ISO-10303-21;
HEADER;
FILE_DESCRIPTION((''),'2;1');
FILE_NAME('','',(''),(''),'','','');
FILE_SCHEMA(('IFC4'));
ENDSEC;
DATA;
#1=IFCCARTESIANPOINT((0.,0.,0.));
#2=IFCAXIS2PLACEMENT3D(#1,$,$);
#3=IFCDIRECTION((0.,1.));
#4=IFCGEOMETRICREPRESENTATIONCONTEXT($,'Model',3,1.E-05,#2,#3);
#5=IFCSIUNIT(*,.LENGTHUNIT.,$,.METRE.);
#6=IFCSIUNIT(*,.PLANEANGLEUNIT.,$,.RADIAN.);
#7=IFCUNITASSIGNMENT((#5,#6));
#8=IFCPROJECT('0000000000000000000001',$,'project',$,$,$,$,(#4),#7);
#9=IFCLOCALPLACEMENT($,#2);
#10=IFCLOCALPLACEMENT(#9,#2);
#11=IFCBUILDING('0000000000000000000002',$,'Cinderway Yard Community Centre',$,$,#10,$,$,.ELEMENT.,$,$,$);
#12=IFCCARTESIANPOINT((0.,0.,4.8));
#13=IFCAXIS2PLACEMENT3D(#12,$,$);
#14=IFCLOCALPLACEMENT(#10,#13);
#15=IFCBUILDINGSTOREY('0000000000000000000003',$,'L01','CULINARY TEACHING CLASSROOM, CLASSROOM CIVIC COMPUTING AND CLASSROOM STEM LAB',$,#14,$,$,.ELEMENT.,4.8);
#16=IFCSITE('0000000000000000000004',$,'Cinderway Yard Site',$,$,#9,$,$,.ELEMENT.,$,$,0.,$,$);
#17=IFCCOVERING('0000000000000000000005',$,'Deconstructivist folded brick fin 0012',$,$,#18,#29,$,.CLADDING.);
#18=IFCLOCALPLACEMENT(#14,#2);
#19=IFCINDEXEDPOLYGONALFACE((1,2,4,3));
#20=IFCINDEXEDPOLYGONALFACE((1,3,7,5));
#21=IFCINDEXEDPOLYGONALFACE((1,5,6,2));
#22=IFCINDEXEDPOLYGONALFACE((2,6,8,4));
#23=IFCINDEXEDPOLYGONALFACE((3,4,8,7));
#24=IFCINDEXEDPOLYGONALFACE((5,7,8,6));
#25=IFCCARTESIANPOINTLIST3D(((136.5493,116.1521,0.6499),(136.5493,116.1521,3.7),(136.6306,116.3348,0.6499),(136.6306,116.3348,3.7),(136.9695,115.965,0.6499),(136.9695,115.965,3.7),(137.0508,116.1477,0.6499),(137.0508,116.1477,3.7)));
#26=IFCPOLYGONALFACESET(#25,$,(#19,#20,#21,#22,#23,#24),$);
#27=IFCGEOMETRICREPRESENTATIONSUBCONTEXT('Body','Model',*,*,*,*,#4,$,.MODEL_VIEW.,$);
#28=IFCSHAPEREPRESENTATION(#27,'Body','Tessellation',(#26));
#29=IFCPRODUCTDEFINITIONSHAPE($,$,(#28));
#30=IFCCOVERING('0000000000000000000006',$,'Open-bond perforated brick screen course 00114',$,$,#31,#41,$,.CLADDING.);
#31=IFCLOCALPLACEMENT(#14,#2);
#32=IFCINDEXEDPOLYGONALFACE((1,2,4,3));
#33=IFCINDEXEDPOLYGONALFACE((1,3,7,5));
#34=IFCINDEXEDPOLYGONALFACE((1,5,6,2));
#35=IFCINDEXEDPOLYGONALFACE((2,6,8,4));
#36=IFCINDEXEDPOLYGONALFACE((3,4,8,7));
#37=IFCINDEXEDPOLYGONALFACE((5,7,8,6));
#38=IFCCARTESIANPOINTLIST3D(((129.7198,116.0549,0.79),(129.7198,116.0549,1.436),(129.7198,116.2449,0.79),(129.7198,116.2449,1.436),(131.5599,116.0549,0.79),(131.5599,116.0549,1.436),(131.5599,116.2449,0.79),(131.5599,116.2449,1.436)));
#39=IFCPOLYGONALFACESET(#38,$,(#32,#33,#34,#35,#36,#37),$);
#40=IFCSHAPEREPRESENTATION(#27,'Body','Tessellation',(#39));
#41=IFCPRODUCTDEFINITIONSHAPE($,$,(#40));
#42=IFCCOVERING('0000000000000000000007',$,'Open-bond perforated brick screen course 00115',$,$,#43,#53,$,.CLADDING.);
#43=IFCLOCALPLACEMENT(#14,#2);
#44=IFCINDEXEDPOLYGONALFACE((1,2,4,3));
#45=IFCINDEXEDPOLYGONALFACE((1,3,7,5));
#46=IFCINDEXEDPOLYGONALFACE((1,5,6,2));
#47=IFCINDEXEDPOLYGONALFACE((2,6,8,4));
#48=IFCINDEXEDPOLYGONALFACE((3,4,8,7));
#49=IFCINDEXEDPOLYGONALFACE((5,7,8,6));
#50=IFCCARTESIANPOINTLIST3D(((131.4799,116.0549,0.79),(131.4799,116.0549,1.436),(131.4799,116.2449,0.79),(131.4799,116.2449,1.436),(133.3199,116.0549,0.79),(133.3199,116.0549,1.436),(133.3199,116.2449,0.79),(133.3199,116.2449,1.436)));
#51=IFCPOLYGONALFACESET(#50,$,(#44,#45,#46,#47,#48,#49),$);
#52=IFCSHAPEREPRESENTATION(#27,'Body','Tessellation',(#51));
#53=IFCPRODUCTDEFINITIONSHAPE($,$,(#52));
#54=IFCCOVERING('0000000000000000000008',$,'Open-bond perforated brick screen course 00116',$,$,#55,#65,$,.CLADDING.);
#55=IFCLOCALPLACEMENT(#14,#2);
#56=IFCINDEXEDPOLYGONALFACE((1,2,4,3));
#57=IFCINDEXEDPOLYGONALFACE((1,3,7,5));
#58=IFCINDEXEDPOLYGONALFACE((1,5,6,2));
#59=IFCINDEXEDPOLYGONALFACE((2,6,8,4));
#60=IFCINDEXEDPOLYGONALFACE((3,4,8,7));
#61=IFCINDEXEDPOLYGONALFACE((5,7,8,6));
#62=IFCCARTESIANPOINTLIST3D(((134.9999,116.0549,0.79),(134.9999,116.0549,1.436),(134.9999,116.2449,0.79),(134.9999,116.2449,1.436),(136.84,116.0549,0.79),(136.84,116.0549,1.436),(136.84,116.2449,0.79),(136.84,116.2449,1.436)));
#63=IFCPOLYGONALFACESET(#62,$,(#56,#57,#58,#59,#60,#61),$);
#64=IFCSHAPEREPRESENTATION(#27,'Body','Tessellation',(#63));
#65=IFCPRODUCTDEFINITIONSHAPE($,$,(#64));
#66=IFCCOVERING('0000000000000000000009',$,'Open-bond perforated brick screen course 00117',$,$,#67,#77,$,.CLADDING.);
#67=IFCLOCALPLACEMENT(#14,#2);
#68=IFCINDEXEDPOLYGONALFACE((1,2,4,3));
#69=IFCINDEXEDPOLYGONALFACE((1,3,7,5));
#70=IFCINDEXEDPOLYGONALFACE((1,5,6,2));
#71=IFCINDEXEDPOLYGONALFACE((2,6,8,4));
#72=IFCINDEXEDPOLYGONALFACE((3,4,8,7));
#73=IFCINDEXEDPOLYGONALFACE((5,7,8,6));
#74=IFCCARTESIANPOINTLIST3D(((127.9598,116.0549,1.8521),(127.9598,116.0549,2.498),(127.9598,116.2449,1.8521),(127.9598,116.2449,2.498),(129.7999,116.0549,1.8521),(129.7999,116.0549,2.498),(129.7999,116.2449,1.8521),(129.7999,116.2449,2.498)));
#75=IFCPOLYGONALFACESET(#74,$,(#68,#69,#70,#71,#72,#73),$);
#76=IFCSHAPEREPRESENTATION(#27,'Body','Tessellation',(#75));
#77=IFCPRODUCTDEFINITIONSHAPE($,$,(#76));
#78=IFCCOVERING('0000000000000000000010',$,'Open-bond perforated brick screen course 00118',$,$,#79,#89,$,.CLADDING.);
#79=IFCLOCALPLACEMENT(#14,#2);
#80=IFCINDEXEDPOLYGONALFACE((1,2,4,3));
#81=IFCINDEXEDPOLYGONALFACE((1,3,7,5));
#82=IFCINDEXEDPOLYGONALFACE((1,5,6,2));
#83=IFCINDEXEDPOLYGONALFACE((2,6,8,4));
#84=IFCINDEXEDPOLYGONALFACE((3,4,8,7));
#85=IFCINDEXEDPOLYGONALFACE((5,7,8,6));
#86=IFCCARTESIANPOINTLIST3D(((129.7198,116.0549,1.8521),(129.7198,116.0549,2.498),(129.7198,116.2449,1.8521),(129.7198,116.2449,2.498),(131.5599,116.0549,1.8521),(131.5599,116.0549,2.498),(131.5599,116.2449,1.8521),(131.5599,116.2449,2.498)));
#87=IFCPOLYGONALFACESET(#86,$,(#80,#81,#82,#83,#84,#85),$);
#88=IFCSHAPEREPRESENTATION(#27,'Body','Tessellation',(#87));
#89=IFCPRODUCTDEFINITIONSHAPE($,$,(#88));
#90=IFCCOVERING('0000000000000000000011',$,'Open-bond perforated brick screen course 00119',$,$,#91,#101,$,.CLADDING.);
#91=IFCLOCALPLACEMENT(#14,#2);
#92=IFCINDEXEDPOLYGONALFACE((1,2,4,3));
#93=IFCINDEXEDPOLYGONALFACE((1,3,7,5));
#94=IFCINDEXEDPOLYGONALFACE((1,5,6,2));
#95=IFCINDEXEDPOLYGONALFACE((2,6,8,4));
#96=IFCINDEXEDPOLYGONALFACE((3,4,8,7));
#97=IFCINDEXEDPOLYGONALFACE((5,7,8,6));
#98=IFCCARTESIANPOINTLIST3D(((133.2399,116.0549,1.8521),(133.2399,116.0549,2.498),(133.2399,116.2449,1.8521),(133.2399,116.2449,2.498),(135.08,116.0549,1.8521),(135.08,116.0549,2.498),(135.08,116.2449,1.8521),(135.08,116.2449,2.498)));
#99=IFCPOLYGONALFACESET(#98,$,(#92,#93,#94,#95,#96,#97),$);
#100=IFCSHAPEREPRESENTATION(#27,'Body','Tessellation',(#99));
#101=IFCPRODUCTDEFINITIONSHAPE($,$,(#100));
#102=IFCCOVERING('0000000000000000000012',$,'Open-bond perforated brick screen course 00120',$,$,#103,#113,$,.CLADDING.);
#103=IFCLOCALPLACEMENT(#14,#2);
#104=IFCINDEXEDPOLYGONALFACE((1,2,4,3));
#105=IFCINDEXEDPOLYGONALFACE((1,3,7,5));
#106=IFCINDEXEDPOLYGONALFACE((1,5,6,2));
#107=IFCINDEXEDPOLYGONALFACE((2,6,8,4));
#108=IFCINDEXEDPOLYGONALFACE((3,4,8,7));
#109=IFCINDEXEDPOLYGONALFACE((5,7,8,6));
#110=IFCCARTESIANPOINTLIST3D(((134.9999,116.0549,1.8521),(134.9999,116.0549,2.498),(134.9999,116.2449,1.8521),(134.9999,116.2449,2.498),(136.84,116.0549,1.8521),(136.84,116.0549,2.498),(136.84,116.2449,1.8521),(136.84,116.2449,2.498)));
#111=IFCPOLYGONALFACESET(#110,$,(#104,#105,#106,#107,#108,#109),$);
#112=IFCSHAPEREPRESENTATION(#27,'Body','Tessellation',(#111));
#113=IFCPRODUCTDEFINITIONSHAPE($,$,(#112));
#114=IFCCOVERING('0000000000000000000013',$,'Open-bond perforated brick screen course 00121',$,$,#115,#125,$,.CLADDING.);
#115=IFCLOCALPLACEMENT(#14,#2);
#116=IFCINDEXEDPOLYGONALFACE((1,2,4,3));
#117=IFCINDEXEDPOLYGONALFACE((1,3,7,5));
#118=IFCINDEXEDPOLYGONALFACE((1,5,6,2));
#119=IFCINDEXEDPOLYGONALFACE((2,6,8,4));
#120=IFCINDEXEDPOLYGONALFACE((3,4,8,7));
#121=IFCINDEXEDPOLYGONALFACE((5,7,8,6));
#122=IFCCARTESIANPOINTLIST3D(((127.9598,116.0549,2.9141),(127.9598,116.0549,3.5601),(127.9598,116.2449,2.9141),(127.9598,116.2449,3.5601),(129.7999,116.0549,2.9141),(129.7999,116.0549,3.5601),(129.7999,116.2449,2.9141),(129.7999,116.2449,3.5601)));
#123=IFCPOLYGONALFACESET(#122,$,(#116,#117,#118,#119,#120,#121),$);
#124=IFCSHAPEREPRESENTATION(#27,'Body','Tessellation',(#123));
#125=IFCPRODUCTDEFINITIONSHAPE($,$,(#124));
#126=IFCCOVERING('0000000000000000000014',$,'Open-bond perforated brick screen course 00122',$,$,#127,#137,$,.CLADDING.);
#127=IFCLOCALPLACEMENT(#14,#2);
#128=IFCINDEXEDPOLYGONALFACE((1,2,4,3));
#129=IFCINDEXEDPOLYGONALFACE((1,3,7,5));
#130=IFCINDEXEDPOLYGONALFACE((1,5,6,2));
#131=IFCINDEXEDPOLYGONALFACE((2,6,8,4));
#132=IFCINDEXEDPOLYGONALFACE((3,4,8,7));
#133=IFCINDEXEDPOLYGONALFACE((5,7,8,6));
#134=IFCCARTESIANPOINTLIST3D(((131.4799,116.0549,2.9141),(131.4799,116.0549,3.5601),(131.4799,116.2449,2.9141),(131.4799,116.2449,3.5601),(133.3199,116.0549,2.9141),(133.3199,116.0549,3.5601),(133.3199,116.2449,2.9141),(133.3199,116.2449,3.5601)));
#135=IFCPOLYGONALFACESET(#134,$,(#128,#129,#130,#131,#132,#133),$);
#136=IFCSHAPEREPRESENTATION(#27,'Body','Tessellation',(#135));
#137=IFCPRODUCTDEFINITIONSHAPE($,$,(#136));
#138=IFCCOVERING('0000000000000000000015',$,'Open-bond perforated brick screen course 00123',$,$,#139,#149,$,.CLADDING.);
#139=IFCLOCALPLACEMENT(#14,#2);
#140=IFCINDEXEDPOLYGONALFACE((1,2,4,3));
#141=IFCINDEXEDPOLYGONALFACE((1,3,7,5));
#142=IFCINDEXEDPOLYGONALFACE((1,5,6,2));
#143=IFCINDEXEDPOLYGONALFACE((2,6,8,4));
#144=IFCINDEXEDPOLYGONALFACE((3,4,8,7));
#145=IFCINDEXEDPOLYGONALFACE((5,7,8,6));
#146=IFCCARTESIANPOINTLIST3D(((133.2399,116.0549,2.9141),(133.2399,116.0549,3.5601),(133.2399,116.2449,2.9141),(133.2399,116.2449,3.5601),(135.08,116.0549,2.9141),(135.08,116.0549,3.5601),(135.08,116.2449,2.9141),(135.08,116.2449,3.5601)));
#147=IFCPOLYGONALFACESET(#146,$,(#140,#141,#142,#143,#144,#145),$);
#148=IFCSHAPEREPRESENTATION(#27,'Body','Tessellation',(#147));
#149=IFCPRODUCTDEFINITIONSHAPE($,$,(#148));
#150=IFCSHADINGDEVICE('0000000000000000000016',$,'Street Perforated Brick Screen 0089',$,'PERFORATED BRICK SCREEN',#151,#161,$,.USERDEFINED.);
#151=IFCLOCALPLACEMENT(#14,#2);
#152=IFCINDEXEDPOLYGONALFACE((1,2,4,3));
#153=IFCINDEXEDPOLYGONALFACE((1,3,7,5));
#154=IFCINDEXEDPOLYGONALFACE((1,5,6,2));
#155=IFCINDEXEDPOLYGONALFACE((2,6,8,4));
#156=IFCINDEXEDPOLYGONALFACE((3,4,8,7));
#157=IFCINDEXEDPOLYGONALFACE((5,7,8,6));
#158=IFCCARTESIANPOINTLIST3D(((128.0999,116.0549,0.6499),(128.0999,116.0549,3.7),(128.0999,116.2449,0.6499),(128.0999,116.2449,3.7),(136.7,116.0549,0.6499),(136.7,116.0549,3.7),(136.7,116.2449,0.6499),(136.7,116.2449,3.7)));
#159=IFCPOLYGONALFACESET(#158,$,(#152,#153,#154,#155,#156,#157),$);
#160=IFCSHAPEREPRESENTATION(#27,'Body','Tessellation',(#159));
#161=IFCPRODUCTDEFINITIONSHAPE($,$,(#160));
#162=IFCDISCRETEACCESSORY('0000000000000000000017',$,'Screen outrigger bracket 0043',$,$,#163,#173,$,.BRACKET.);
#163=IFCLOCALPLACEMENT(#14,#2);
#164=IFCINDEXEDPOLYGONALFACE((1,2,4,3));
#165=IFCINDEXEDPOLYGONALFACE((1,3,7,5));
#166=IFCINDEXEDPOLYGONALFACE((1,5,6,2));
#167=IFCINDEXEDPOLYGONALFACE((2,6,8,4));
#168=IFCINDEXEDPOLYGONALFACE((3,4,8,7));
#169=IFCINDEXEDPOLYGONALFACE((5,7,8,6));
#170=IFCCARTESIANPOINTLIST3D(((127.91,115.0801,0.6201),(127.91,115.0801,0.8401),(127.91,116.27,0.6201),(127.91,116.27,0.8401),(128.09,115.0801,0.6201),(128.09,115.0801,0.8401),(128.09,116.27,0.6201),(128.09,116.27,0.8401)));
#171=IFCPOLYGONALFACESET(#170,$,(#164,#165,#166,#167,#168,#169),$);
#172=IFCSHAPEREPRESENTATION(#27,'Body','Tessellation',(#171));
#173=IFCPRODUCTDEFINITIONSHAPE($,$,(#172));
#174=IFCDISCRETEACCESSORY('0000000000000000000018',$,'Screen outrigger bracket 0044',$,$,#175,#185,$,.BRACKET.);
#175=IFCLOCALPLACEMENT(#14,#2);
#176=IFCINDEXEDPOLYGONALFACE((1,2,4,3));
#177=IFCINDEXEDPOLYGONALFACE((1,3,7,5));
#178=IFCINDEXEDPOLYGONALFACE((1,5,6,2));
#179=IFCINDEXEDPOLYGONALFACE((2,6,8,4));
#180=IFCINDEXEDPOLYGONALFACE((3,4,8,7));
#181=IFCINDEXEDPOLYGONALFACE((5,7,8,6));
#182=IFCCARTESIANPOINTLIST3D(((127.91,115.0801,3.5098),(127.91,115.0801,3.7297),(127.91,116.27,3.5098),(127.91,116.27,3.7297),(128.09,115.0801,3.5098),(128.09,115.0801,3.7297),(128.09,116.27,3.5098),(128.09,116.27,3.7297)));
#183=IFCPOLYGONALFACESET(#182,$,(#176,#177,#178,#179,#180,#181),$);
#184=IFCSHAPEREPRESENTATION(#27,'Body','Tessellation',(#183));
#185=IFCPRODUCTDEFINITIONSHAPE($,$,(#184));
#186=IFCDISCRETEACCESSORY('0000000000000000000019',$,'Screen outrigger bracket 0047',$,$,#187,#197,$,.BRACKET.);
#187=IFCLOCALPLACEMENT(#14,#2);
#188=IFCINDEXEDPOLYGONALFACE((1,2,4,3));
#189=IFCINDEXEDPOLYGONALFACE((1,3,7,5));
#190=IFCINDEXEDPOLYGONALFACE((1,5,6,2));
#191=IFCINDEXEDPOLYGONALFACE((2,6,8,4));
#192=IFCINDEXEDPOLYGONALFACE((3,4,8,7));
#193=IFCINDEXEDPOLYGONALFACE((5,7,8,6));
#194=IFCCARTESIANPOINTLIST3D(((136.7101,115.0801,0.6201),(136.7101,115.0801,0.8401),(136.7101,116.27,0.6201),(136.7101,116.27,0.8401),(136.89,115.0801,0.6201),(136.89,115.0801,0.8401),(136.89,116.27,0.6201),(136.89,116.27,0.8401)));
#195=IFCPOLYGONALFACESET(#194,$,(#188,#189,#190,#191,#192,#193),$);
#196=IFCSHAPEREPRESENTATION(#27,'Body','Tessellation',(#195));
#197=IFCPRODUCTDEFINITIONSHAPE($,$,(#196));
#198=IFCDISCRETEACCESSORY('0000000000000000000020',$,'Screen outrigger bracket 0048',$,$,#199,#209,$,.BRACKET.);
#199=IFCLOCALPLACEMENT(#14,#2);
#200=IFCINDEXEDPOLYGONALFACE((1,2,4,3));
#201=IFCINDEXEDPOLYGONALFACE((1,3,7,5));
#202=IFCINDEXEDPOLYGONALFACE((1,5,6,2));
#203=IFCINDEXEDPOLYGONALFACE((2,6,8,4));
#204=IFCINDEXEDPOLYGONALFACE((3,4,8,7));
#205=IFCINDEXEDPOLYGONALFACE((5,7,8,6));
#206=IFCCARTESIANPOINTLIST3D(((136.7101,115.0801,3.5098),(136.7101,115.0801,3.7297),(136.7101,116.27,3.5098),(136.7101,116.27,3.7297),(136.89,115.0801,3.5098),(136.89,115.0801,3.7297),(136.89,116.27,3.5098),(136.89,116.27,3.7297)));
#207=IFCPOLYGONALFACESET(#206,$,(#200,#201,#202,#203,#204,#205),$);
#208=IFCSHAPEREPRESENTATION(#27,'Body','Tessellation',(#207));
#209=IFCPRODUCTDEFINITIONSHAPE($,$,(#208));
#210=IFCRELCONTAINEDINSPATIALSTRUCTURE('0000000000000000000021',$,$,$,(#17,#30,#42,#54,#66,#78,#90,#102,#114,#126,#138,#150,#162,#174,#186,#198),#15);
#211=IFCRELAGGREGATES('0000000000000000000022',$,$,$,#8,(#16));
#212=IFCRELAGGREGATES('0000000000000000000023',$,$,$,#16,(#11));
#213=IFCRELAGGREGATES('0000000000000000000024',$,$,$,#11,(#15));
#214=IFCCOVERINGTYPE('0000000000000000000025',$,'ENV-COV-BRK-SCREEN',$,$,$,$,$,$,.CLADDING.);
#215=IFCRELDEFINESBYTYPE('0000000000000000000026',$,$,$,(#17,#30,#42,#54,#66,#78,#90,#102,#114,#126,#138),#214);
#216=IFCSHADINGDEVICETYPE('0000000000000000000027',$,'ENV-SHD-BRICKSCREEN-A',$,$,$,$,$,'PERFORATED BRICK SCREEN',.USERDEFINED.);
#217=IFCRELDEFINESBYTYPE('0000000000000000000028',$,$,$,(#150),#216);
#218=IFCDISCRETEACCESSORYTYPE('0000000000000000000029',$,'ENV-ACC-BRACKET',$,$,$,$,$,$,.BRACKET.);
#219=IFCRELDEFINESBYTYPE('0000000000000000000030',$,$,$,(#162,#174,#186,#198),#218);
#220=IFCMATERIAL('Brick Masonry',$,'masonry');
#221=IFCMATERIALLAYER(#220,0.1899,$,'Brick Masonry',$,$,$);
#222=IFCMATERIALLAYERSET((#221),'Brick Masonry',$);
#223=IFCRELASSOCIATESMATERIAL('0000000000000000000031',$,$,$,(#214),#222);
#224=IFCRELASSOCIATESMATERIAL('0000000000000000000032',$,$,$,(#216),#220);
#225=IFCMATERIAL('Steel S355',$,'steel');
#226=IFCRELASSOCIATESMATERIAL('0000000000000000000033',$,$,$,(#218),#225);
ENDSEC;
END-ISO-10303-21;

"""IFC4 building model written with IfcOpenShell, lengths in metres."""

from ifc_helpers import new_model, si_unit, direction, frame, origin, origin_2d, place, context, subcontext, project, spatial, rectangle, extrude, material, layer, layer_set, type_object, element, save


model = new_model("IFC4")

# Units and contexts
model_context = context("Model", 3, precision=1e-05, world=origin(), true_north=direction((0.0, 1.0)))
body_context = subcontext(model_context, "Body", "Model", "MODEL_VIEW")
ifc_project = project(units=[si_unit("LENGTHUNIT", "METRE"), si_unit("PLANEANGLEUNIT", "RADIAN")], contexts=[model_context])

# Site, building, storey
site_placement = place(None, origin())
site = spatial("IfcSite", under=ifc_project, at=site_placement, Name="Cinderway Yard Site", CompositionType="ELEMENT", RefElevation=0.0)
building_placement = place(site_placement, origin())
building = spatial("IfcBuilding", under=site, at=building_placement, Name="Cinderway Yard Community Centre", CompositionType="ELEMENT")
storey_placement = place(building_placement, frame((0.0, 0.0, 4.8)))
storey = spatial("IfcBuildingStorey", under=building, at=storey_placement, Name="L01", Description="CULINARY TEACHING CLASSROOM, CLASSROOM CIVIC COMPUTING AND CLASSROOM STEM LAB", CompositionType="ELEMENT", Elevation=4.8)

# Shared definitions
ifc_material_1 = material(Name="Steel S355", Category="steel")

# Shared definitions
ifc_material_2 = material(Name="Brick Masonry", Category="masonry")

# Coverings
ifc_layer_1 = layer(ifc_material_2, 0.1899, Name="Brick Masonry")
ifc_layer_set_1 = layer_set([ifc_layer_1], Name="Brick Masonry")
covering_type = type_object("IfcCoveringType", Name="ENV-COV-BRK-SCREEN", PredefinedType="CLADDING", material=ifc_layer_set_1)
for number, where, z_axis, x_axis, name in (
    (1, (136.8, 116.1499, 0.6499), (0.0, 0.0, 1.0), (0.913545, -0.406737, 0.0), "Deconstructivist folded brick fin 0012"),
):
    element("IfcCovering", number, at=place(storey_placement, frame(where, z_axis=z_axis, x_axis=x_axis)), inside=storey, type_object=covering_type, Name=name, PredefinedType="CLADDING", context=body_context, shape_type="SweptSolid", body=[
        extrude(rectangle(XDim=0.46, YDim=0.2, at=origin_2d()), origin(), (0.0, 0.0, 1.0), 3.05),
    ])
for number, where, z_axis, x_axis, name in (
    (2, (130.6399, 116.1499, 0.79), (0.0, 0.0, 1.0), (1.0, 0.0, 0.0), "Open-bond perforated brick screen course 00114"),
    (3, (132.3999, 116.1499, 0.79), (0.0, 0.0, 1.0), (1.0, 0.0, 0.0), "Open-bond perforated brick screen course 00115"),
    (4, (135.9199, 116.1499, 0.79), (0.0, 0.0, 1.0), (1.0, 0.0, 0.0), "Open-bond perforated brick screen course 00116"),
    (5, (128.8799, 116.1499, 1.8521), (0.0, 0.0, 1.0), (1.0, 0.0, 0.0), "Open-bond perforated brick screen course 00117"),
    (6, (130.6399, 116.1499, 1.8521), (0.0, 0.0, 1.0), (1.0, 0.0, 0.0), "Open-bond perforated brick screen course 00118"),
    (7, (134.1599, 116.1499, 1.8521), (0.0, 0.0, 1.0), (1.0, 0.0, 0.0), "Open-bond perforated brick screen course 00119"),
    (8, (135.9199, 116.1499, 1.8521), (0.0, 0.0, 1.0), (1.0, 0.0, 0.0), "Open-bond perforated brick screen course 00120"),
    (9, (128.8799, 116.1499, 2.9141), (0.0, 0.0, 1.0), (1.0, 0.0, 0.0), "Open-bond perforated brick screen course 00121"),
    (10, (132.3999, 116.1499, 2.9141), (0.0, 0.0, 1.0), (1.0, 0.0, 0.0), "Open-bond perforated brick screen course 00122"),
    (11, (134.1599, 116.1499, 2.9141), (0.0, 0.0, 1.0), (1.0, 0.0, 0.0), "Open-bond perforated brick screen course 00123"),
):
    element("IfcCovering", number, at=place(storey_placement, frame(where, z_axis=z_axis, x_axis=x_axis)), inside=storey, type_object=covering_type, Name=name, PredefinedType="CLADDING", context=body_context, shape_type="SweptSolid", body=[
        extrude(rectangle(XDim=1.8401, YDim=0.1899, at=origin_2d()), origin(), (0.0, 0.0, 1.0), 0.646),
    ])

# Shading device
shading_device_type = type_object("IfcShadingDeviceType", Name="ENV-SHD-BRICKSCREEN-A", ElementType="PERFORATED BRICK SCREEN", PredefinedType="USERDEFINED", material=ifc_material_2)
shading_device_placement = place(storey_placement, frame((132.3999, 116.1499, 0.6499), z_axis=(0.0, 0.0, 1.0), x_axis=(1.0, 0.0, 0.0)))
element("IfcShadingDevice", 12, at=shading_device_placement, inside=storey, type_object=shading_device_type, Name="Street Perforated Brick Screen 0089", ObjectType="PERFORATED BRICK SCREEN", PredefinedType="USERDEFINED", context=body_context, shape_type="SweptSolid", body=[
    extrude(rectangle(XDim=8.6001, YDim=0.1899, at=origin_2d()), origin(), (0.0, 0.0, 1.0), 3.05),
])

# Discrete accessories
discrete_accessory_type = type_object("IfcDiscreteAccessoryType", Name="ENV-ACC-BRACKET", PredefinedType="BRACKET", material=ifc_material_1)
for number, where, z_axis, x_axis, name in (
    (13, (128.0, 115.675, 0.6201), (0.0, 0.0, 1.0), (0.0, 1.0, 0.0), "Screen outrigger bracket 0043"),
    (14, (128.0, 115.675, 3.5098), (0.0, 0.0, 1.0), (0.0, 1.0, 0.0), "Screen outrigger bracket 0044"),
    (15, (136.8, 115.675, 0.6201), (0.0, 0.0, 1.0), (0.0, 1.0, 0.0), "Screen outrigger bracket 0047"),
    (16, (136.8, 115.675, 3.5098), (0.0, 0.0, 1.0), (0.0, 1.0, 0.0), "Screen outrigger bracket 0048"),
):
    element("IfcDiscreteAccessory", number, at=place(storey_placement, frame(where, z_axis=z_axis, x_axis=x_axis)), inside=storey, type_object=discrete_accessory_type, Name=name, PredefinedType="BRACKET", context=body_context, shape_type="SweptSolid", body=[
        extrude(rectangle(XDim=1.1899, YDim=0.1799, at=origin_2d()), origin(), (0.0, 0.0, 1.0), 0.22),
    ])

save(model, "model.ifc")
